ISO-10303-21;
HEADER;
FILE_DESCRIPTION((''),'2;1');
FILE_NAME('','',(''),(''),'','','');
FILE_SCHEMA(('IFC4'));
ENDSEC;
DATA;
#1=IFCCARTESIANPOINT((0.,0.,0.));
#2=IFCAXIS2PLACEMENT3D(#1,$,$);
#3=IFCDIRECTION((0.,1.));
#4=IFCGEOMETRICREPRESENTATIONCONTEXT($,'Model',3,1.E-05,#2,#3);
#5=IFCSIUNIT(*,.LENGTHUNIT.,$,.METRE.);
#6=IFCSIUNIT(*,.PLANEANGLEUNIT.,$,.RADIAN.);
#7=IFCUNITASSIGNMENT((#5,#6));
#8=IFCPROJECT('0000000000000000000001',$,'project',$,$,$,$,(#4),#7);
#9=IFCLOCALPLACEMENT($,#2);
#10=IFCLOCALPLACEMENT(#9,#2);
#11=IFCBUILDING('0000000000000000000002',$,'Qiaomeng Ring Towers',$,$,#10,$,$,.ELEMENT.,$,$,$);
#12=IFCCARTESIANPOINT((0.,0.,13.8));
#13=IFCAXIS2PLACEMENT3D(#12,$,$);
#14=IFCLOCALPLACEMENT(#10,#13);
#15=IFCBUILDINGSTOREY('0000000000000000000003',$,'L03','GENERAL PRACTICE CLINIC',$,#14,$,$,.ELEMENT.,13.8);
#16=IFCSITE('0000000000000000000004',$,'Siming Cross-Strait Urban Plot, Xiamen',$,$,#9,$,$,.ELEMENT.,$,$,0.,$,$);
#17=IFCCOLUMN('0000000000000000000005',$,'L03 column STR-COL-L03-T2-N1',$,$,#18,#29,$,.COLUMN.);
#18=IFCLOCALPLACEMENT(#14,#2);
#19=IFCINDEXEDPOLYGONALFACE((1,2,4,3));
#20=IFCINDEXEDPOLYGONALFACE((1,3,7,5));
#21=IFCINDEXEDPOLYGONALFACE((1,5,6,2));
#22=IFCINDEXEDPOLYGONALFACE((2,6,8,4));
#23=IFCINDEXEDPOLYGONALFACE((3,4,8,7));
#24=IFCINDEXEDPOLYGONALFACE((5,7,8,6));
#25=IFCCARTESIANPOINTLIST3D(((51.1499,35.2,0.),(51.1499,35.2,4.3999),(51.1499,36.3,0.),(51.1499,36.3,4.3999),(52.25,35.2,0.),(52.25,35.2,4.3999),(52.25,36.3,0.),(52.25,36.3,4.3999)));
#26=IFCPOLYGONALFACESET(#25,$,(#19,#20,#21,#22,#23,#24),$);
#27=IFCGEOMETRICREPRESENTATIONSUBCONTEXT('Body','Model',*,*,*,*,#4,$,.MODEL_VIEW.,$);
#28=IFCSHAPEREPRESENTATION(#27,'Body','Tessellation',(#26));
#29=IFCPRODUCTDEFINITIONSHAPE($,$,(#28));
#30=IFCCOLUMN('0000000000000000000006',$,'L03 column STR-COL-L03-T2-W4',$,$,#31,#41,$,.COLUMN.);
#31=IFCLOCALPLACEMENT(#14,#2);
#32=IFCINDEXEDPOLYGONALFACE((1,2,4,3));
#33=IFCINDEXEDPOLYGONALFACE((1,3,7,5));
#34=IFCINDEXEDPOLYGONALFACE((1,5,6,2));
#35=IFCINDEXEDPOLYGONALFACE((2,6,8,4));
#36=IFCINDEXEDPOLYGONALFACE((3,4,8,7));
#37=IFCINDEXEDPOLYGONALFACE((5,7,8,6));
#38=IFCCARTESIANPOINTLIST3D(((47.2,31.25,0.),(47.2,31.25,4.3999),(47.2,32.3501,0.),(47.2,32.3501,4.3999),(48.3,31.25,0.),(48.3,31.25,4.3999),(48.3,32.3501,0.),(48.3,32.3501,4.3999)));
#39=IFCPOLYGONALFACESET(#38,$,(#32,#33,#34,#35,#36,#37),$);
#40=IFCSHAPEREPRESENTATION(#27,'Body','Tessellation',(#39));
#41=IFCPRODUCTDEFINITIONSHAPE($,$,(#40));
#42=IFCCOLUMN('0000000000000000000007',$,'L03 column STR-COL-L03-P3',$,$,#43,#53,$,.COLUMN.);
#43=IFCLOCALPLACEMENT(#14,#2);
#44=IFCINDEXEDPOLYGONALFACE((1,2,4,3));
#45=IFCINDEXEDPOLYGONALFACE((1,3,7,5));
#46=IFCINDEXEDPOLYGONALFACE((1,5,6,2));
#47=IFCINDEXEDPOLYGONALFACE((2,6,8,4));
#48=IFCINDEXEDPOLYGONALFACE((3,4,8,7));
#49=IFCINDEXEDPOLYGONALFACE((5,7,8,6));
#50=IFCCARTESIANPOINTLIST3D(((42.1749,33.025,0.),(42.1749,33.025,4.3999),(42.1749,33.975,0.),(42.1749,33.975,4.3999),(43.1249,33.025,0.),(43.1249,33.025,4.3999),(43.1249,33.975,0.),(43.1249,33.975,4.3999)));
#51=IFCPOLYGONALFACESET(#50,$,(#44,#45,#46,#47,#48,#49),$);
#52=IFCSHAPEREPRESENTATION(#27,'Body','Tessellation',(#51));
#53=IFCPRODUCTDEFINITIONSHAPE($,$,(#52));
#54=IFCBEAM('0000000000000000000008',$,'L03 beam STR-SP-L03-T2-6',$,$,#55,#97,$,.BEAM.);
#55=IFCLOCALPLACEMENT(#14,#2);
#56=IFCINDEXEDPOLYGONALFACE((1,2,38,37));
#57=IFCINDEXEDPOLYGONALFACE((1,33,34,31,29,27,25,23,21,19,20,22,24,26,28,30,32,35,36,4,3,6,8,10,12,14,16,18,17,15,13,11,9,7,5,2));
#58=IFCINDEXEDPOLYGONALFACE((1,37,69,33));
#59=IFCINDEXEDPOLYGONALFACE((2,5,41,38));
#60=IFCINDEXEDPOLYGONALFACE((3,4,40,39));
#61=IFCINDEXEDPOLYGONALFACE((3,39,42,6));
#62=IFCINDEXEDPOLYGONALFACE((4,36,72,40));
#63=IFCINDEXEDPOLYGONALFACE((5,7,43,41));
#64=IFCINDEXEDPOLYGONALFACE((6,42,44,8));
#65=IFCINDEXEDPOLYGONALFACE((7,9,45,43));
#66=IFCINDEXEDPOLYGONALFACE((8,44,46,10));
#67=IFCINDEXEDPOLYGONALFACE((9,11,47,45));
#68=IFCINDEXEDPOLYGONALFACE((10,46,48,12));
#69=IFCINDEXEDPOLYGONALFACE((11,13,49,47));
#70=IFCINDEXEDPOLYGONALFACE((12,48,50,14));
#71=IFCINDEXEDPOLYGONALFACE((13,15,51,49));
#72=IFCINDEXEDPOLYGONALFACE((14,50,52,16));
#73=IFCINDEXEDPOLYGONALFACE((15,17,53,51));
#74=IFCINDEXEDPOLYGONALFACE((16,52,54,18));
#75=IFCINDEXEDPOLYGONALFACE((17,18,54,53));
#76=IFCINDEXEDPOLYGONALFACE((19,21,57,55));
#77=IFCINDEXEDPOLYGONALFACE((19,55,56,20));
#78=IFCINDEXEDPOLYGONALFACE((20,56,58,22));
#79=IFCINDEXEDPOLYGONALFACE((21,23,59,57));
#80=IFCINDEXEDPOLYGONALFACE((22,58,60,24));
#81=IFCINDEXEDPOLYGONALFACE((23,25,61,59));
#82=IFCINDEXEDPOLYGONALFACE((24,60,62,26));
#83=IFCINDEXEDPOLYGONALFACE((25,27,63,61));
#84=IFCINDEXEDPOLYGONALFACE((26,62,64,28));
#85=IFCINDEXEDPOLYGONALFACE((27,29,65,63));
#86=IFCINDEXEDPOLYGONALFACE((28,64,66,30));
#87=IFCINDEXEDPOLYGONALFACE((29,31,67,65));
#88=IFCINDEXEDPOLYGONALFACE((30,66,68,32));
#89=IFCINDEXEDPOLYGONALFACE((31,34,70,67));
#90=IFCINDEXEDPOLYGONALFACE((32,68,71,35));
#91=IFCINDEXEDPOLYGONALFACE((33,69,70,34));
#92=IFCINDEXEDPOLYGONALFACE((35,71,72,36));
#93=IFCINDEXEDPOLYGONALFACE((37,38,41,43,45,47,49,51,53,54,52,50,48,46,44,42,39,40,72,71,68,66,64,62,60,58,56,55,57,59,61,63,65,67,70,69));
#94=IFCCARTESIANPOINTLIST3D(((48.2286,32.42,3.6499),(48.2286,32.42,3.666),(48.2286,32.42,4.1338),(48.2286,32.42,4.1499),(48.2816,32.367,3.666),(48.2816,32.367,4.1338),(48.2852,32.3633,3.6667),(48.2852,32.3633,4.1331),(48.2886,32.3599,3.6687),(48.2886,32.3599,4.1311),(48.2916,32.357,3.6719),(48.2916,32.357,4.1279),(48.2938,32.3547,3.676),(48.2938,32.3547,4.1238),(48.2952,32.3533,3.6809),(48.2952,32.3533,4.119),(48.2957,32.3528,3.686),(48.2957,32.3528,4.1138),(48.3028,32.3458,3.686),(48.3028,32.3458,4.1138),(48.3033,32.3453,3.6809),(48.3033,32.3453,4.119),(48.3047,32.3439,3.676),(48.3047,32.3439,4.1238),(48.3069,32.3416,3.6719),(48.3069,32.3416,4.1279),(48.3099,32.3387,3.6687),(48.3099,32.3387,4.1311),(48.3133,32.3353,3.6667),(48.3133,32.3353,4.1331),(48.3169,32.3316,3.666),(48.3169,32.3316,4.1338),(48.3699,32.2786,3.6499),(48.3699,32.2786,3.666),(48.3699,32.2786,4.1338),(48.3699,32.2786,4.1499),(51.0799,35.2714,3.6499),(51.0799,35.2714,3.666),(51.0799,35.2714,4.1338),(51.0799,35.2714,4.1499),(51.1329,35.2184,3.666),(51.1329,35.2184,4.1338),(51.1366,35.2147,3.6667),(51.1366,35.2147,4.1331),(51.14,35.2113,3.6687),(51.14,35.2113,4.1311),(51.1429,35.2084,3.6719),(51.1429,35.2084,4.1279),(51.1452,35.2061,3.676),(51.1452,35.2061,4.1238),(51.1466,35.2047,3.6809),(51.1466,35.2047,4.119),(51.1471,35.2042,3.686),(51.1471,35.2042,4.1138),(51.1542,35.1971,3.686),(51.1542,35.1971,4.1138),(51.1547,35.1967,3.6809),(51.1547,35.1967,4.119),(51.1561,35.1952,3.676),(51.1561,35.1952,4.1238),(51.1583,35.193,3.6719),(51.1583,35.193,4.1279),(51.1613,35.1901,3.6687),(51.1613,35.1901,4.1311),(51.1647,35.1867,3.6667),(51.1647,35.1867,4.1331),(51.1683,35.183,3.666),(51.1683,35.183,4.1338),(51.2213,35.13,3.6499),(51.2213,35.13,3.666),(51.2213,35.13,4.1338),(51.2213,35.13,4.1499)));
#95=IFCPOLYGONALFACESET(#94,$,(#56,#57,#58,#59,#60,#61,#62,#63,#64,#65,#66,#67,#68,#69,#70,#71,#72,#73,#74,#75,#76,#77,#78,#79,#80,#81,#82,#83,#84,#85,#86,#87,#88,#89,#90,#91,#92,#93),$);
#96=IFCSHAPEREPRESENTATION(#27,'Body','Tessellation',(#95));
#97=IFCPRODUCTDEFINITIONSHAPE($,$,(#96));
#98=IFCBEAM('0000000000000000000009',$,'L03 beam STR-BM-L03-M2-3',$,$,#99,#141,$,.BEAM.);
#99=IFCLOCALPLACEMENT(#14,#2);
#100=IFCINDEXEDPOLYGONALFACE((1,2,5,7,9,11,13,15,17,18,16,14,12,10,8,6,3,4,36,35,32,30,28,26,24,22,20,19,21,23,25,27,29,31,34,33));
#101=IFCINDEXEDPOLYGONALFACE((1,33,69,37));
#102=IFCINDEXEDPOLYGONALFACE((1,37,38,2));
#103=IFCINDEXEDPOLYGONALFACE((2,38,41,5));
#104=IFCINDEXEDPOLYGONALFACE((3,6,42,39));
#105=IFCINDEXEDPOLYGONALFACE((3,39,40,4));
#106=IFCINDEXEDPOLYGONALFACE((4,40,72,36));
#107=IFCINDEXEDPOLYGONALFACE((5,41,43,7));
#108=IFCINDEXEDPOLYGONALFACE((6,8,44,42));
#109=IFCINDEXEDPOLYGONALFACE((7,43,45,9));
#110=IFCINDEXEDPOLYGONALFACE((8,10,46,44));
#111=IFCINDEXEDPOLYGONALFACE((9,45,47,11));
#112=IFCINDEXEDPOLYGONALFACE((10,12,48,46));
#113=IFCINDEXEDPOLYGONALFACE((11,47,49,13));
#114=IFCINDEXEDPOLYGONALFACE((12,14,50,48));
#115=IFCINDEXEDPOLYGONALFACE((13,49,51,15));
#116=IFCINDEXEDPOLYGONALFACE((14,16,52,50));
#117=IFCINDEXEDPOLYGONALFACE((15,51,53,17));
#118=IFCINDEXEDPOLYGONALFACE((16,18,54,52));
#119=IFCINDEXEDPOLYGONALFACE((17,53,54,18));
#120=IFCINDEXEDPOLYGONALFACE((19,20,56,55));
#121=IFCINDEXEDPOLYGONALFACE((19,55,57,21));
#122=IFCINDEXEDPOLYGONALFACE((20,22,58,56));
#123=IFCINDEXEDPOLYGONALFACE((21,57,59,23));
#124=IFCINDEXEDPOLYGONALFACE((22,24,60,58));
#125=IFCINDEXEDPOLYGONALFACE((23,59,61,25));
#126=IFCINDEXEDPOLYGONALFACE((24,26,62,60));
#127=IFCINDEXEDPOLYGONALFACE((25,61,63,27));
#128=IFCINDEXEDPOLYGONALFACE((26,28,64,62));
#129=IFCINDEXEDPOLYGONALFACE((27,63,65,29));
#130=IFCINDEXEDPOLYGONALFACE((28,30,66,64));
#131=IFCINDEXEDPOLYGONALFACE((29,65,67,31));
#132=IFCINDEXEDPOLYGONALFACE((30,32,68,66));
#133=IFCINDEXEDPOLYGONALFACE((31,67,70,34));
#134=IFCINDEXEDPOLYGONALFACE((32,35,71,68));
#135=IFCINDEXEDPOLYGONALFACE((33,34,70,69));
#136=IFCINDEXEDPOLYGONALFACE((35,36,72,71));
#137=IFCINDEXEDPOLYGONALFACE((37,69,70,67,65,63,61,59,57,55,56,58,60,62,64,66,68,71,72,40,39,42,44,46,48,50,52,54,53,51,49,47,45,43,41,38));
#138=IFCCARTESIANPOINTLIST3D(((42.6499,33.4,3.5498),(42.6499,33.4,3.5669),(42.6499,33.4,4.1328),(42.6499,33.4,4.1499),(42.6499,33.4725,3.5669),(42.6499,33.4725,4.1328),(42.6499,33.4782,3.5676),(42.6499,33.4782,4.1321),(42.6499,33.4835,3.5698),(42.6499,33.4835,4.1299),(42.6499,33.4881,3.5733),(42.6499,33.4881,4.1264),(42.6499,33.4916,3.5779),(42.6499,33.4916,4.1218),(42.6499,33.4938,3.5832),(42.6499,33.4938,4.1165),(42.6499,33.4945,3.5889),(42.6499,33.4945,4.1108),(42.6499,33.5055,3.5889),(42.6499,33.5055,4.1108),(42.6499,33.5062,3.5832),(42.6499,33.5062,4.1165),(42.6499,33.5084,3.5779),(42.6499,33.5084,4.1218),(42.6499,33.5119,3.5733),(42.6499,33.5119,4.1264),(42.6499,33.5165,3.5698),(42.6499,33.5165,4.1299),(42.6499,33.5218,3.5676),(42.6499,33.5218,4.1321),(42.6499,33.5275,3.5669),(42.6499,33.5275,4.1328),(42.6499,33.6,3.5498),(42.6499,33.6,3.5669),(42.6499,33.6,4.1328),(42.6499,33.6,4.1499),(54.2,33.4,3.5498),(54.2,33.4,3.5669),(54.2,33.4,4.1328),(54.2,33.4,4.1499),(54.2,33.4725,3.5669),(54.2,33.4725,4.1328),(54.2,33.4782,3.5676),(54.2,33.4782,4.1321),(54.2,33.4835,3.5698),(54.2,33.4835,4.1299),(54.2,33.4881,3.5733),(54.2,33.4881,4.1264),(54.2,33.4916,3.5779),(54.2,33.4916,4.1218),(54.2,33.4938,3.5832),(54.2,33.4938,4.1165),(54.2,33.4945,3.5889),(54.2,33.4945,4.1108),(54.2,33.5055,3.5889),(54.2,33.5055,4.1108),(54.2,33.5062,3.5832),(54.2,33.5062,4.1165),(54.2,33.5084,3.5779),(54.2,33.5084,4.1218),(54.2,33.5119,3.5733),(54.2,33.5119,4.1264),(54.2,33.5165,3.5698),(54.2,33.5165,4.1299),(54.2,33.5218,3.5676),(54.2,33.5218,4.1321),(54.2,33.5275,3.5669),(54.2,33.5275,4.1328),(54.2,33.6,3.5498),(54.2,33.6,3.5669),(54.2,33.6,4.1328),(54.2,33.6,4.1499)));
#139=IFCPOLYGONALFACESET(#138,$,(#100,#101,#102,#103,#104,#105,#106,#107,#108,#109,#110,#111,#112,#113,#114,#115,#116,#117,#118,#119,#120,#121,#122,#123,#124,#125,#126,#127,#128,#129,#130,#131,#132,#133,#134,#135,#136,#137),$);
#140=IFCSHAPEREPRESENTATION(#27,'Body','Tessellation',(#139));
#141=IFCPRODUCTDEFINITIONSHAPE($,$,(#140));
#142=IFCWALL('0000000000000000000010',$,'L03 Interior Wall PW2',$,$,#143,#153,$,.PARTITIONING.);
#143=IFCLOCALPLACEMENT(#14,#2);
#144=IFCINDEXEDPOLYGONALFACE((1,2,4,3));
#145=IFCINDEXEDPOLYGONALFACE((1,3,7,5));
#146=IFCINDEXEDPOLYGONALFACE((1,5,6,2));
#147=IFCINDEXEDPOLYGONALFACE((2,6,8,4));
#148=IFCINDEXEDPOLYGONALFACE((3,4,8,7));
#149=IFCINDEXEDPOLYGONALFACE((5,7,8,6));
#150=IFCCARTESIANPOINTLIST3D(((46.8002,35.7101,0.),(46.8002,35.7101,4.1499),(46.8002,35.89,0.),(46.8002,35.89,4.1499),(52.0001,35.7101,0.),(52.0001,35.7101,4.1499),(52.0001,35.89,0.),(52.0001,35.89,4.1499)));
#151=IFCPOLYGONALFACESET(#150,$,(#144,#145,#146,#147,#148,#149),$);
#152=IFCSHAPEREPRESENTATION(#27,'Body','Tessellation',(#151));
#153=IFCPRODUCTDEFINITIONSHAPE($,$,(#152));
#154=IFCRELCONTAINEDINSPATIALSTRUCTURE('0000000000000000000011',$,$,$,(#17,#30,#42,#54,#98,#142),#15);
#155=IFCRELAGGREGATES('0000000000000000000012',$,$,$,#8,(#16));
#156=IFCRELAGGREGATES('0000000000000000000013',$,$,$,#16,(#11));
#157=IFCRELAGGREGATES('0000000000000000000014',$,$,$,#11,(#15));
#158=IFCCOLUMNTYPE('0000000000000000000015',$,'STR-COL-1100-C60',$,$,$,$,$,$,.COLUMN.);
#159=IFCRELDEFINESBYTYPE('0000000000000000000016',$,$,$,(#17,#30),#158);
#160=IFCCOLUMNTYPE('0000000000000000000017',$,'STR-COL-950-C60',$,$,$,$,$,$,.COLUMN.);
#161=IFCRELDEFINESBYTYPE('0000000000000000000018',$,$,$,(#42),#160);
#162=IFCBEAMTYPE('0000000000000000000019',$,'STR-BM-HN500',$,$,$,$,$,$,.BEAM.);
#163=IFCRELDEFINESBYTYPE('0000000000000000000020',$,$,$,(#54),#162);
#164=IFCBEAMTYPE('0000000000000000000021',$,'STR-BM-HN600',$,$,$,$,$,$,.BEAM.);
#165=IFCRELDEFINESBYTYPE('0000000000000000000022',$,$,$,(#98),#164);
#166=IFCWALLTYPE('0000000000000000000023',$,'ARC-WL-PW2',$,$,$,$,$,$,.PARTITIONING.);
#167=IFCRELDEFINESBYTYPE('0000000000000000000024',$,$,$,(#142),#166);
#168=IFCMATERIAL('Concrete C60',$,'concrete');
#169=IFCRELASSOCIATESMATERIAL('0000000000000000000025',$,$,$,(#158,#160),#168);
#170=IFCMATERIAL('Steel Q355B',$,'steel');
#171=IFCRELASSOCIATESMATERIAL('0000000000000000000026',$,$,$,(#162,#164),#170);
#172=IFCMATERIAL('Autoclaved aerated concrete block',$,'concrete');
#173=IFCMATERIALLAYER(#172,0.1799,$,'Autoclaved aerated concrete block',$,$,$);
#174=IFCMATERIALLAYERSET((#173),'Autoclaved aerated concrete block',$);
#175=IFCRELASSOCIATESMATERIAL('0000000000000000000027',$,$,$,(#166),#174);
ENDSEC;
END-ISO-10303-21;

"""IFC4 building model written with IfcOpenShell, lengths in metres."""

from ifc_helpers import new_model, si_unit, direction, frame, frame_2d, origin, origin_2d, place, context, subcontext, project, spatial, rectangle, i_section, extrude, source, transform, mapped, material, layer, layer_set, material_profile, profile_set, type_object, element, save


model = new_model("IFC4")

# Units and contexts
model_context = context("Model", 3, precision=1e-05, world=origin(), true_north=direction((0.0, 1.0)))
body_context = subcontext(model_context, "Body", "Model", "MODEL_VIEW")
ifc_project = project(units=[si_unit("LENGTHUNIT", "METRE"), si_unit("PLANEANGLEUNIT", "RADIAN")], contexts=[model_context])

# Site, building, storey
site_placement = place(None, origin())
site = spatial("IfcSite", under=ifc_project, at=site_placement, Name="Siming Cross-Strait Urban Plot, Xiamen", CompositionType="ELEMENT", RefElevation=0.0)
building_placement = place(site_placement, origin())
building = spatial("IfcBuilding", under=site, at=building_placement, Name="Qiaomeng Ring Towers", CompositionType="ELEMENT")
storey_placement = place(building_placement, frame((0.0, 0.0, 13.8)))
storey = spatial("IfcBuildingStorey", under=building, at=storey_placement, Name="L03", Description="GENERAL PRACTICE CLINIC", CompositionType="ELEMENT", Elevation=13.8)

# Columns
ifc_material_1 = material(Name="Concrete C60", Category="concrete")
ifc_material_profile_1 = material_profile(ifc_material_1, rectangle(XDim=1.1001, YDim=1.1001, at=origin_2d()), Name="RC COL 1100x1100")
ifc_profile_set_1 = profile_set([ifc_material_profile_1], Name="Concrete C60")
column_type_1 = type_object("IfcColumnType", Name="STR-COL-1100-C60", PredefinedType="COLUMN", material=ifc_profile_set_1)
shared_shape_1 = source(origin(), body_context, "Body", "SweptSolid", [
    extrude(rectangle(XDim=1.1001, YDim=1.1001, at=origin_2d()), origin(), (0.0, 0.0, 1.0), 4.3999),
])
for number, where, z_axis, x_axis, name in (
    (1, (51.7, 35.75, 0.0), (0.0, 0.0, 1.0), (1.0, 0.0, 0.0), "L03 column STR-COL-L03-T2-N1"),
    (2, (47.75, 31.8, 0.0), (0.0, 0.0, 1.0), (1.0, 0.0, 0.0), "L03 column STR-COL-L03-T2-W4"),
):
    element("IfcColumn", number, at=place(storey_placement, frame(where, z_axis=z_axis, x_axis=x_axis)), inside=storey, type_object=column_type_1, Name=name, PredefinedType="COLUMN", context=body_context, shape_type="MappedRepresentation", body=[
        mapped(shared_shape_1, transform((0.0, 0.0, 0.0), x_axis=(1.0, 0.0, 0.0), y_axis=(0.0, 1.0, 0.0), z_axis=(0.0, 0.0, 1.0), scale=1.0)),
    ])
ifc_material_profile_2 = material_profile(ifc_material_1, rectangle(XDim=0.95, YDim=0.95, at=origin_2d()), Name="RC COL 950x950")
ifc_profile_set_2 = profile_set([ifc_material_profile_2], Name="Concrete C60")
column_type_2 = type_object("IfcColumnType", Name="STR-COL-950-C60", PredefinedType="COLUMN", material=ifc_profile_set_2)
shared_shape_2 = source(origin(), body_context, "Body", "SweptSolid", [
    extrude(rectangle(XDim=0.95, YDim=0.95, at=origin_2d()), origin(), (0.0, 0.0, 1.0), 4.3999),
])
column_placement = place(storey_placement, frame((42.6499, 33.5, 0.0), z_axis=(0.0, 0.0, 1.0), x_axis=(1.0, 0.0, 0.0)))
element("IfcColumn", 3, at=column_placement, inside=storey, type_object=column_type_2, Name="L03 column STR-COL-L03-P3", PredefinedType="COLUMN", context=body_context, shape_type="MappedRepresentation", body=[
    mapped(shared_shape_2, transform((0.0, 0.0, 0.0), x_axis=(1.0, 0.0, 0.0), y_axis=(0.0, 1.0, 0.0), z_axis=(0.0, 0.0, 1.0), scale=1.0)),
])

# Beams
ifc_material_2 = material(Name="Steel Q355B", Category="steel")
ifc_material_profile_3 = material_profile(ifc_material_2, i_section(OverallWidth=0.2, OverallDepth=0.5, WebThickness=0.01, FlangeThickness=0.0161, FilletRadius=0.02, at=origin_2d()), Name="HN 500x200x10x16")
ifc_profile_set_3 = profile_set([ifc_material_profile_3], Name="Steel Q355B")
beam_type_1 = type_object("IfcBeamType", Name="STR-BM-HN500", PredefinedType="BEAM", material=ifc_profile_set_3)
shared_shape_3 = source(origin(), body_context, "Body", "SweptSolid", [
    extrude(i_section(OverallWidth=0.2, OverallDepth=0.5, WebThickness=0.01, FlangeThickness=0.0161, FilletRadius=0.02, at=origin_2d()), origin(), (0.0, 0.0, 1.0), 4.0325),
])
beam_1_placement = place(storey_placement, frame((51.1506, 35.2007, 3.8999), z_axis=(-0.707107, -0.707107, 0.0), x_axis=(0.707107, -0.707107, 0.0)))
element("IfcBeam", 4, at=beam_1_placement, inside=storey, type_object=beam_type_1, Name="L03 beam STR-SP-L03-T2-6", PredefinedType="BEAM", context=body_context, shape_type="MappedRepresentation", body=[
    mapped(shared_shape_3, transform((0.0, 0.0, 0.0), x_axis=(1.0, 0.0, 0.0), y_axis=(0.0, 1.0, 0.0), z_axis=(0.0, 0.0, 1.0), scale=1.0)),
])
ifc_material_profile_4 = material_profile(ifc_material_2, i_section(OverallWidth=0.2, OverallDepth=0.6001, WebThickness=0.011, FlangeThickness=0.0171, FilletRadius=0.022, at=origin_2d()), Name="HN 600x200x11x17")
ifc_profile_set_4 = profile_set([ifc_material_profile_4], Name="Steel Q355B")
beam_type_2 = type_object("IfcBeamType", Name="STR-BM-HN600", PredefinedType="BEAM", material=ifc_profile_set_4)
shared_shape_4 = source(origin(), body_context, "Body", "SweptSolid", [
    extrude(i_section(OverallWidth=0.2, OverallDepth=0.6001, WebThickness=0.011, FlangeThickness=0.0171, FilletRadius=0.022, at=origin_2d()), origin(), (0.0, 0.0, 1.0), 11.55),
])
beam_2_placement = place(storey_placement, frame((42.6499, 33.5, 3.8499), z_axis=(1.0, 0.0, 0.0), x_axis=(0.0, 1.0, 0.0)))
element("IfcBeam", 5, at=beam_2_placement, inside=storey, type_object=beam_type_2, Name="L03 beam STR-BM-L03-M2-3", PredefinedType="BEAM", context=body_context, shape_type="MappedRepresentation", body=[
    mapped(shared_shape_4, transform((0.0, 0.0, 0.0), x_axis=(1.0, 0.0, 0.0), y_axis=(0.0, 1.0, 0.0), z_axis=(0.0, 0.0, 1.0), scale=1.0)),
])

# Wall
ifc_material_3 = material(Name="Autoclaved aerated concrete block", Category="concrete")
ifc_layer_1 = layer(ifc_material_3, 0.1799, Name="Autoclaved aerated concrete block")
ifc_layer_set_1 = layer_set([ifc_layer_1], Name="Autoclaved aerated concrete block")
wall_type_1 = type_object("IfcWallType", Name="ARC-WL-PW2", PredefinedType="PARTITIONING", material=ifc_layer_set_1)
wall_1_placement = place(storey_placement, frame((46.8, 35.8, 0.0), z_axis=(0.0, 0.0, 1.0), x_axis=(1.0, 0.0, 0.0)))
element("IfcWall", 6, at=wall_1_placement, inside=storey, type_object=wall_type_1, Name="L03 Interior Wall PW2", PredefinedType="PARTITIONING", context=body_context, shape_type="SweptSolid", body=[
    extrude(rectangle(XDim=5.2, YDim=0.1799, at=frame_2d((2.6001, 0.0))), origin(), (0.0, 0.0, 1.0), 4.1499),
])

save(model, "model.ifc")
